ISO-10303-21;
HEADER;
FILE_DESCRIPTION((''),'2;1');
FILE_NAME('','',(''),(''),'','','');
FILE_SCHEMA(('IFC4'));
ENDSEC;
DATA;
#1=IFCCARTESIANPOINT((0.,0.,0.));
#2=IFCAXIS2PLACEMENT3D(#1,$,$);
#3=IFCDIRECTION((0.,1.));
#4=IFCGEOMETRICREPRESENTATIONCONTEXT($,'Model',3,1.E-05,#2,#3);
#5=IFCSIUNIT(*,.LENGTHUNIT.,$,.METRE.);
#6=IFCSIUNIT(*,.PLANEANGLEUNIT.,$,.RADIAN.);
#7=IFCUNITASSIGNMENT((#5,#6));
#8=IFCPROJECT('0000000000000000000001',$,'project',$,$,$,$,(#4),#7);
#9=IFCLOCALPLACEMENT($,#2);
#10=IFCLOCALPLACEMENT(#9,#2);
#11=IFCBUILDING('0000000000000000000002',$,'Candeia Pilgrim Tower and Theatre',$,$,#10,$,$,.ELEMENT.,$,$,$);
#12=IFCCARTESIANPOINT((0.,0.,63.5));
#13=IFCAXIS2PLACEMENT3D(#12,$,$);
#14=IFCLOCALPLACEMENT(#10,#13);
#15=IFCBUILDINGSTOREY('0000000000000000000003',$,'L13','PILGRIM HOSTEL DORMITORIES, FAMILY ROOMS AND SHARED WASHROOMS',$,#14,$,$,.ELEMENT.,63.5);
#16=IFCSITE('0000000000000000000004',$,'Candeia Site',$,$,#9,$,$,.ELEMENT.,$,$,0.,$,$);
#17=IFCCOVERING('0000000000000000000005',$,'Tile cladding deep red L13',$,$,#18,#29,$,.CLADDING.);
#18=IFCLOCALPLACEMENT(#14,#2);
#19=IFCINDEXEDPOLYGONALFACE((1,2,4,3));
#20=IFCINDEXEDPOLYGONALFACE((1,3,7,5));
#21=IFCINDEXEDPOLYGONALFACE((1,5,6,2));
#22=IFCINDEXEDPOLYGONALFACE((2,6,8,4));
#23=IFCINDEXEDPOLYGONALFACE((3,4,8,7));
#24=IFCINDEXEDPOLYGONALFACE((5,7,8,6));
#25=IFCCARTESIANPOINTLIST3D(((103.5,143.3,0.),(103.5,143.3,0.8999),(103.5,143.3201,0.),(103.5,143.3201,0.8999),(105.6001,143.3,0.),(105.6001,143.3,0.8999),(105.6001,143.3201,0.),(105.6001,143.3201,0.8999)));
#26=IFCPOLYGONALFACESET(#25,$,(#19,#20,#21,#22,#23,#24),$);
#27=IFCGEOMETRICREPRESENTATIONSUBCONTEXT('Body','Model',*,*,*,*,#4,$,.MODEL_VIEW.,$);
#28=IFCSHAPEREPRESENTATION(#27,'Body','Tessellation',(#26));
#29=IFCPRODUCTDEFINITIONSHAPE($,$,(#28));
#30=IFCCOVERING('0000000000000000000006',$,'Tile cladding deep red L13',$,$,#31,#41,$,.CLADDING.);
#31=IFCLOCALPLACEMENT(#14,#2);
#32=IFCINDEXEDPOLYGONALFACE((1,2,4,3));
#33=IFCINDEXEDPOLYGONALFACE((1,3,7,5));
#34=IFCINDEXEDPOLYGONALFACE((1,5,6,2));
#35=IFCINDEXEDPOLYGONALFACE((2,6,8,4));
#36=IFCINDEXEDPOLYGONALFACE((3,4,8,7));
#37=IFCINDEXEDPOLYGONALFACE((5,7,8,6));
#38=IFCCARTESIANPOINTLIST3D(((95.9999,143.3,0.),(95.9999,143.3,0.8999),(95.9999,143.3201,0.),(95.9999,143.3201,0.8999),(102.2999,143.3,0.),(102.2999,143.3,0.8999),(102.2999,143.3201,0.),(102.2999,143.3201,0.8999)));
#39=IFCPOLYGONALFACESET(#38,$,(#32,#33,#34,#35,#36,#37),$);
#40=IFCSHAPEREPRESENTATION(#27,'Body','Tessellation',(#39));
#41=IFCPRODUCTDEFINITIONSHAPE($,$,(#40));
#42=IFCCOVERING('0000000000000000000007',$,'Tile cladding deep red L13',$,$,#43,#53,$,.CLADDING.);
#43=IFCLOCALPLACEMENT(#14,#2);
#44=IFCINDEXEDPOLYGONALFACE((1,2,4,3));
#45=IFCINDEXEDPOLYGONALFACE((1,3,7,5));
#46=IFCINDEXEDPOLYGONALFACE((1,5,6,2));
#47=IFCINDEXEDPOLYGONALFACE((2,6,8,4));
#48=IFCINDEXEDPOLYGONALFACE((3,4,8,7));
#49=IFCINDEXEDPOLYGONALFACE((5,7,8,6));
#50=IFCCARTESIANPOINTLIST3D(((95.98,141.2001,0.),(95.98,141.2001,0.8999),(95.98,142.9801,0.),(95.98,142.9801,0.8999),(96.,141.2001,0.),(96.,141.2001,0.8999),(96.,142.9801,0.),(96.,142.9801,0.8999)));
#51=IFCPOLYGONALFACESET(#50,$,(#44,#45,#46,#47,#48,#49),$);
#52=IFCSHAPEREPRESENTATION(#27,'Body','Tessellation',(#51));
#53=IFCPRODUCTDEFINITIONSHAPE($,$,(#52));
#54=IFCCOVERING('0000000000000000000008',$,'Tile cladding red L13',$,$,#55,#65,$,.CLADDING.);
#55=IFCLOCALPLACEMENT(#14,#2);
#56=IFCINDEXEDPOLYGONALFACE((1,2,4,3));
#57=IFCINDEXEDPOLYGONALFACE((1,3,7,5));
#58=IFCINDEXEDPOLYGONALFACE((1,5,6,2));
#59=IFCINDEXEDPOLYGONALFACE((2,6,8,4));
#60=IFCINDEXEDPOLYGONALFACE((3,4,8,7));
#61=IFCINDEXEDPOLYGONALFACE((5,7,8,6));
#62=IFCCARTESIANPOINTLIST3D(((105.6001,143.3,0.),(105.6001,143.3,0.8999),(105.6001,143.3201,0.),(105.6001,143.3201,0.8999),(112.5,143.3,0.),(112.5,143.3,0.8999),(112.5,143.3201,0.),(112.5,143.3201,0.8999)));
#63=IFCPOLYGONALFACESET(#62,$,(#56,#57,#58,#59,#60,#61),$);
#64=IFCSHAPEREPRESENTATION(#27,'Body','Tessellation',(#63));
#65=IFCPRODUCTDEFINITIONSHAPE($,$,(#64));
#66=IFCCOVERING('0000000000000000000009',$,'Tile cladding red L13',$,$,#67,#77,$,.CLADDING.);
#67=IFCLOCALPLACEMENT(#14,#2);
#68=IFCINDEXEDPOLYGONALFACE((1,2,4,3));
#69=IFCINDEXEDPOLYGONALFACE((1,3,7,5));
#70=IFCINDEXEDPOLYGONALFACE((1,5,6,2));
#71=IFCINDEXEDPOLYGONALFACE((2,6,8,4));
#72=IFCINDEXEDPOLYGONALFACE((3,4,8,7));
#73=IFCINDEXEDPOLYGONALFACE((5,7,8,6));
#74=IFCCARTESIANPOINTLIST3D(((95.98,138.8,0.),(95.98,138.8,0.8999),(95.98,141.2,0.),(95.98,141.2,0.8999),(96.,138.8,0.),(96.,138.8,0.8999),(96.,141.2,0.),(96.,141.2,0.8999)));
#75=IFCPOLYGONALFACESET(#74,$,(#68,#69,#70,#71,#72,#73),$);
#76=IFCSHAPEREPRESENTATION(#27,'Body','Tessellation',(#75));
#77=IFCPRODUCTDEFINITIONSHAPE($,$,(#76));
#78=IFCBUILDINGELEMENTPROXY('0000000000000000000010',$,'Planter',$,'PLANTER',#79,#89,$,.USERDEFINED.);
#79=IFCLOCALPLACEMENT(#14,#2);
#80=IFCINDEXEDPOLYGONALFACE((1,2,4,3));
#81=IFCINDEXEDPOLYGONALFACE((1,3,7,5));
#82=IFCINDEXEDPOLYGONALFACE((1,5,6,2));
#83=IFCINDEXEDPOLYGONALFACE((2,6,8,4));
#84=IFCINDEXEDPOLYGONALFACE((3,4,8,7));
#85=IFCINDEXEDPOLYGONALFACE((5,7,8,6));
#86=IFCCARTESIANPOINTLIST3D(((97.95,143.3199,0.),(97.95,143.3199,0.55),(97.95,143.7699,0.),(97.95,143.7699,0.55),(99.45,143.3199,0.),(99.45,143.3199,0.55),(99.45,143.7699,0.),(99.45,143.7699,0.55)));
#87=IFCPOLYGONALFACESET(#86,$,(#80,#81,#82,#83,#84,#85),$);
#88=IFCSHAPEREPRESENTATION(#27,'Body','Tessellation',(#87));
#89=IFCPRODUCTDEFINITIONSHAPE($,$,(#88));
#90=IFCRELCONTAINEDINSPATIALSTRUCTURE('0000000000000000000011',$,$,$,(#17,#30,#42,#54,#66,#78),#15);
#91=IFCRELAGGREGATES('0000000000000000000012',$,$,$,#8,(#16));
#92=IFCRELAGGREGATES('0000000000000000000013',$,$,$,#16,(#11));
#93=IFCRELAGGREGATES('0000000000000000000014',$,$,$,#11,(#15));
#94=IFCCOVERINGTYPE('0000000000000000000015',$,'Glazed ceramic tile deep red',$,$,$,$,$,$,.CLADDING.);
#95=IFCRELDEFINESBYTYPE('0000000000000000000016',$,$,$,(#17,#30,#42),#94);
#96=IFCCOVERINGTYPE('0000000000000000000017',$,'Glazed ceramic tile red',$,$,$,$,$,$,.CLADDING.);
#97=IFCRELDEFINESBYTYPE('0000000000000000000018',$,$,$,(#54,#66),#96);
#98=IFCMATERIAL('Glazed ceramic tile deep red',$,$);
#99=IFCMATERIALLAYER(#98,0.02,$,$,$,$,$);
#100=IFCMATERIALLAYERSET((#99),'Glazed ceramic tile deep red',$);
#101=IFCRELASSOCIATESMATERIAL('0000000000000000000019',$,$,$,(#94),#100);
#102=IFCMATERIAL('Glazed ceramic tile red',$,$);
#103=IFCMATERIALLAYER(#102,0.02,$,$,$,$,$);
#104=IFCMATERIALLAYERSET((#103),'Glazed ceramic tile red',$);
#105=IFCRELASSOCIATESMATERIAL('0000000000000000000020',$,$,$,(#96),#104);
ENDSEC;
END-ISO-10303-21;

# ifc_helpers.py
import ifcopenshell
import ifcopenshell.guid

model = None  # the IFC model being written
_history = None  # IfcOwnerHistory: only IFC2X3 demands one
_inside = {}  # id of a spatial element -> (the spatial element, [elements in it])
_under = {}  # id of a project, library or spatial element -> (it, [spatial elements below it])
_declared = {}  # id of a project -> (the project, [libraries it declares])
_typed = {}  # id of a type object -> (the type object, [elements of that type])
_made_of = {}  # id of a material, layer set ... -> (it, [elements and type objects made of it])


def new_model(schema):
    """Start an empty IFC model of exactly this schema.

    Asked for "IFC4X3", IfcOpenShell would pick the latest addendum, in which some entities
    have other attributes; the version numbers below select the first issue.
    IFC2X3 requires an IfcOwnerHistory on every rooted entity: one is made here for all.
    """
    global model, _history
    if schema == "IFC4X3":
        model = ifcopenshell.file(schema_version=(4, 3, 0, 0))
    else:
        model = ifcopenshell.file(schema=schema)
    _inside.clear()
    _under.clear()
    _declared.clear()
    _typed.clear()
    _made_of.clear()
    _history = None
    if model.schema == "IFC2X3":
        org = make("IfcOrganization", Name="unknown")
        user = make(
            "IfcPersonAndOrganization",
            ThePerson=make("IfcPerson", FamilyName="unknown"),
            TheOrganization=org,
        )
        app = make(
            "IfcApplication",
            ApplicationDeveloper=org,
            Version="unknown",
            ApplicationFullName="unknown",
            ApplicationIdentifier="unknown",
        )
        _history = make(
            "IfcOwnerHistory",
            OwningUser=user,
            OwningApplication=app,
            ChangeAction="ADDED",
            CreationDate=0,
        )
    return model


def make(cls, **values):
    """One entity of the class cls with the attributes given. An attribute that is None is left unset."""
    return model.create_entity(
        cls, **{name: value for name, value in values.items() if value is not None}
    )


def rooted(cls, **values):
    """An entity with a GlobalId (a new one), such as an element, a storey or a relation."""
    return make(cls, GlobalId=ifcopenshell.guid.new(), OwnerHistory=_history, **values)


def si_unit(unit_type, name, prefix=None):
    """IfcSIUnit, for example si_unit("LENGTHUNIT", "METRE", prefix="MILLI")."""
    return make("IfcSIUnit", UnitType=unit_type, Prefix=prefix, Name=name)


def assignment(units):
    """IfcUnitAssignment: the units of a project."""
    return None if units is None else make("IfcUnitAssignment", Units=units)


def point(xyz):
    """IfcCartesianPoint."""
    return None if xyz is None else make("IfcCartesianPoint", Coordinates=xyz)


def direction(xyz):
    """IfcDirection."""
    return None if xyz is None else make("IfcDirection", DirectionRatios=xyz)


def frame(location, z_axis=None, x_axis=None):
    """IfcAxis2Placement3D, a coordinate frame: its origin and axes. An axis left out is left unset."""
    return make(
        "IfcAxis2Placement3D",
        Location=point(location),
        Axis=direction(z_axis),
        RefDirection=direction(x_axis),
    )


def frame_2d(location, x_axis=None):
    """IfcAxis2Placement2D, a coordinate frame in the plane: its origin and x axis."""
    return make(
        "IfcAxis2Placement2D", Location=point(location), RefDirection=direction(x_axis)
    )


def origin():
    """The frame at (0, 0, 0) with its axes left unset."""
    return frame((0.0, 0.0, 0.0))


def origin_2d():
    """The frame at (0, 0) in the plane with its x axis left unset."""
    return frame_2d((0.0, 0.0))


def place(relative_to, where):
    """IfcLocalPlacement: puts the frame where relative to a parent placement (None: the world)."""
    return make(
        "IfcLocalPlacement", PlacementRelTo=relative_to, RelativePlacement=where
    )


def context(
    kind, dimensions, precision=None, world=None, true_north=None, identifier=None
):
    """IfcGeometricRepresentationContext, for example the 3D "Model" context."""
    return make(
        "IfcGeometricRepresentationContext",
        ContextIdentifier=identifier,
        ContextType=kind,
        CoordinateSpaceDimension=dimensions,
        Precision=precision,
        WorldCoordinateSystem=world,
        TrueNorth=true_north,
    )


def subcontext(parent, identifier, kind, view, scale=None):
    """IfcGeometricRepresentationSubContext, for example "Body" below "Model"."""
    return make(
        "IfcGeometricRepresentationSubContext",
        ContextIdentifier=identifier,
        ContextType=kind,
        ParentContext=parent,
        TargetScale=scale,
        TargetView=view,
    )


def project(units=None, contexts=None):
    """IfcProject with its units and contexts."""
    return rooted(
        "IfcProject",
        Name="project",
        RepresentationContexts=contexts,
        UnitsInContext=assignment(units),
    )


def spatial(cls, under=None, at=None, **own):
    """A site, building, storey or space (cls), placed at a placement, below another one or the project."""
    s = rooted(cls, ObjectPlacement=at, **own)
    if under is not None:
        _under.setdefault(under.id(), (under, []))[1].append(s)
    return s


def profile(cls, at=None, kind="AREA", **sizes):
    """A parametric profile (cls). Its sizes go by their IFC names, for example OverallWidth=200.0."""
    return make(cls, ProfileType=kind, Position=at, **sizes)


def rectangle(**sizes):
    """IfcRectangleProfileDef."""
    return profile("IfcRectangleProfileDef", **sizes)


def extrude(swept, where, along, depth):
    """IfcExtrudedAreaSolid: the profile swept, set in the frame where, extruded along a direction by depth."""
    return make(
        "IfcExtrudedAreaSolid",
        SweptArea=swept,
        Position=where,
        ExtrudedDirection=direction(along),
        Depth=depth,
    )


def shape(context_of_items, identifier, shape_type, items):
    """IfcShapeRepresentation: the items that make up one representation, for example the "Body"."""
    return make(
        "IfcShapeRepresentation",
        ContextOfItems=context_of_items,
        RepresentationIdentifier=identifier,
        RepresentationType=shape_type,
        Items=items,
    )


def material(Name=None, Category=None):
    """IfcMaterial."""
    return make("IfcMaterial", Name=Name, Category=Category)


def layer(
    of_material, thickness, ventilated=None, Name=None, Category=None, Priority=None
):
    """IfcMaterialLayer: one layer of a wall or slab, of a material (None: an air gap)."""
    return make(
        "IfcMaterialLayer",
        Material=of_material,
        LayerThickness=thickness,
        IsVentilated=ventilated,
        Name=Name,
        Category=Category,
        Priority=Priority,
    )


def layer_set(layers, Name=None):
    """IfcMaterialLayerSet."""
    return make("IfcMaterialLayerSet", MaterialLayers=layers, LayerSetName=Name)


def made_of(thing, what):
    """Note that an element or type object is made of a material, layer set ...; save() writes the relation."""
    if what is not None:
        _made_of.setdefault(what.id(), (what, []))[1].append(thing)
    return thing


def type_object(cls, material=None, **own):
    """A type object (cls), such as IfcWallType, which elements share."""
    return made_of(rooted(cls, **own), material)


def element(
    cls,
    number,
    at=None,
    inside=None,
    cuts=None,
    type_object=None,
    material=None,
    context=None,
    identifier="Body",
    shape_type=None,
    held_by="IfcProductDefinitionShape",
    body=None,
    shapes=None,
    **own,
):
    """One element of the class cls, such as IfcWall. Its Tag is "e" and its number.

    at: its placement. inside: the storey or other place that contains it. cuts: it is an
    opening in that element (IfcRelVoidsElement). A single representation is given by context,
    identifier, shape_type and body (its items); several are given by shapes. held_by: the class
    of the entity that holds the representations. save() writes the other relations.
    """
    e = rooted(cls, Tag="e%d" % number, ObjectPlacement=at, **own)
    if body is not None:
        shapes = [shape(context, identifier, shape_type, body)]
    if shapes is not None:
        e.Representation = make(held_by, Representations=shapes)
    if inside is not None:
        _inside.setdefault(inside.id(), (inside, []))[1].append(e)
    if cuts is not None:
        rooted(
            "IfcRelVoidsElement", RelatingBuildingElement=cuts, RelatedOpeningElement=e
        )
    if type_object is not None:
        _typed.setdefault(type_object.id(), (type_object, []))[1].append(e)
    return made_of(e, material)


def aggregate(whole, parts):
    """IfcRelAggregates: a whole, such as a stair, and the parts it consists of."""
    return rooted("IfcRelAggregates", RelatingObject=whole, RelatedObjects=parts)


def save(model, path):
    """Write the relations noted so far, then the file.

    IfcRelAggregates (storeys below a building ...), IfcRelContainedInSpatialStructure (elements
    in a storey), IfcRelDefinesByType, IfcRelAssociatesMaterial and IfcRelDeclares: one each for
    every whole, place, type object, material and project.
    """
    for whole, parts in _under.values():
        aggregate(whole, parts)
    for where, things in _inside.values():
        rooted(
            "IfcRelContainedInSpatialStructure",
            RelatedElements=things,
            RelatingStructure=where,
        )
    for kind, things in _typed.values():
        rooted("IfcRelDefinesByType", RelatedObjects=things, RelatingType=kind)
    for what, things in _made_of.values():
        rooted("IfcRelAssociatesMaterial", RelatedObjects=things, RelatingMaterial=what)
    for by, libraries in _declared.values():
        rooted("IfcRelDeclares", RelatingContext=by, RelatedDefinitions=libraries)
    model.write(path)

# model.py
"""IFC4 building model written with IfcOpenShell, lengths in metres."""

from ifc_helpers import new_model, si_unit, direction, frame, origin, origin_2d, place, context, subcontext, project, spatial, rectangle, extrude, material, layer, layer_set, type_object, element, save


model = new_model("IFC4")

# Units and contexts
model_context = context("Model", 3, precision=1e-05, world=origin(), true_north=direction((0.0, 1.0)))
body_context = subcontext(model_context, "Body", "Model", "MODEL_VIEW")
ifc_project = project(units=[si_unit("LENGTHUNIT", "METRE"), si_unit("PLANEANGLEUNIT", "RADIAN")], contexts=[model_context])

# Site, building, storey
site_placement = place(None, origin())
site = spatial("IfcSite", under=ifc_project, at=site_placement, Name="Candeia Site", CompositionType="ELEMENT", RefElevation=0.0)
building_placement = place(site_placement, origin())
building = spatial("IfcBuilding", under=site, at=building_placement, Name="Candeia Pilgrim Tower and Theatre", CompositionType="ELEMENT")
storey_placement = place(building_placement, frame((0.0, 0.0, 63.5)))
storey = spatial("IfcBuildingStorey", under=building, at=storey_placement, Name="L13", Description="PILGRIM HOSTEL DORMITORIES, FAMILY ROOMS AND SHARED WASHROOMS", CompositionType="ELEMENT", Elevation=63.5)

# Coverings
ifc_material_1 = material(Name="Glazed ceramic tile deep red")
ifc_layer_1 = layer(ifc_material_1, 0.02)
ifc_layer_set_1 = layer_set([ifc_layer_1], Name="Glazed ceramic tile deep red")
covering_type_1 = type_object("IfcCoveringType", Name="Glazed ceramic tile deep red", PredefinedType="CLADDING", material=ifc_layer_set_1)
covering_1_placement = place(storey_placement, frame((104.55, 143.3101, 0.0), z_axis=(0.0, 0.0, 1.0), x_axis=(-1.0, 0.0, 0.0)))
element("IfcCovering", 1, at=covering_1_placement, inside=storey, type_object=covering_type_1, Name="Tile cladding deep red L13", PredefinedType="CLADDING", context=body_context, shape_type="SweptSolid", body=[
    extrude(rectangle(XDim=2.1001, YDim=0.02, at=origin_2d()), origin(), (0.0, 0.0, 1.0), 0.8999),
])
covering_2_placement = place(storey_placement, frame((99.1499, 143.3101, 0.0), z_axis=(0.0, 0.0, 1.0), x_axis=(-1.0, 0.0, 0.0)))
element("IfcCovering", 2, at=covering_2_placement, inside=storey, type_object=covering_type_1, Name="Tile cladding deep red L13", PredefinedType="CLADDING", context=body_context, shape_type="SweptSolid", body=[
    extrude(rectangle(XDim=6.3, YDim=0.02, at=origin_2d()), origin(), (0.0, 0.0, 1.0), 0.8999),
])
covering_3_placement = place(storey_placement, frame((95.99, 142.0901, 0.0), z_axis=(0.0, 0.0, 1.0), x_axis=(0.0, -1.0, 0.0)))
element("IfcCovering", 3, at=covering_3_placement, inside=storey, type_object=covering_type_1, Name="Tile cladding deep red L13", PredefinedType="CLADDING", context=body_context, shape_type="SweptSolid", body=[
    extrude(rectangle(XDim=1.78, YDim=0.02, at=origin_2d()), origin(), (0.0, 0.0, 1.0), 0.8999),
])
ifc_material_2 = material(Name="Glazed ceramic tile red")
ifc_layer_2 = layer(ifc_material_2, 0.02)
ifc_layer_set_2 = layer_set([ifc_layer_2], Name="Glazed ceramic tile red")
covering_type_2 = type_object("IfcCoveringType", Name="Glazed ceramic tile red", PredefinedType="CLADDING", material=ifc_layer_set_2)
covering_4_placement = place(storey_placement, frame((109.05, 143.3101, 0.0), z_axis=(0.0, 0.0, 1.0), x_axis=(-1.0, 0.0, 0.0)))
element("IfcCovering", 4, at=covering_4_placement, inside=storey, type_object=covering_type_2, Name="Tile cladding red L13", PredefinedType="CLADDING", context=body_context, shape_type="SweptSolid", body=[
    extrude(rectangle(XDim=6.8999, YDim=0.02, at=origin_2d()), origin(), (0.0, 0.0, 1.0), 0.8999),
])
covering_5_placement = place(storey_placement, frame((95.99, 140.0, 0.0), z_axis=(0.0, 0.0, 1.0), x_axis=(0.0, -1.0, 0.0)))
element("IfcCovering", 5, at=covering_5_placement, inside=storey, type_object=covering_type_2, Name="Tile cladding red L13", PredefinedType="CLADDING", context=body_context, shape_type="SweptSolid", body=[
    extrude(rectangle(XDim=2.3999, YDim=0.02, at=origin_2d()), origin(), (0.0, 0.0, 1.0), 0.8999),
])

# Building element proxy
proxy_placement = place(storey_placement, frame((98.7, 143.5449, 0.0), z_axis=(0.0, 0.0, 1.0), x_axis=(-1.0, 0.0, 0.0)))
element("IfcBuildingElementProxy", 6, at=proxy_placement, inside=storey, Name="Planter", ObjectType="PLANTER", PredefinedType="USERDEFINED", context=body_context, shape_type="SweptSolid", body=[
    extrude(rectangle(XDim=1.5, YDim=0.45, at=origin_2d()), origin(), (0.0, 0.0, 1.0), 0.55),
])

save(model, "model.ifc")
